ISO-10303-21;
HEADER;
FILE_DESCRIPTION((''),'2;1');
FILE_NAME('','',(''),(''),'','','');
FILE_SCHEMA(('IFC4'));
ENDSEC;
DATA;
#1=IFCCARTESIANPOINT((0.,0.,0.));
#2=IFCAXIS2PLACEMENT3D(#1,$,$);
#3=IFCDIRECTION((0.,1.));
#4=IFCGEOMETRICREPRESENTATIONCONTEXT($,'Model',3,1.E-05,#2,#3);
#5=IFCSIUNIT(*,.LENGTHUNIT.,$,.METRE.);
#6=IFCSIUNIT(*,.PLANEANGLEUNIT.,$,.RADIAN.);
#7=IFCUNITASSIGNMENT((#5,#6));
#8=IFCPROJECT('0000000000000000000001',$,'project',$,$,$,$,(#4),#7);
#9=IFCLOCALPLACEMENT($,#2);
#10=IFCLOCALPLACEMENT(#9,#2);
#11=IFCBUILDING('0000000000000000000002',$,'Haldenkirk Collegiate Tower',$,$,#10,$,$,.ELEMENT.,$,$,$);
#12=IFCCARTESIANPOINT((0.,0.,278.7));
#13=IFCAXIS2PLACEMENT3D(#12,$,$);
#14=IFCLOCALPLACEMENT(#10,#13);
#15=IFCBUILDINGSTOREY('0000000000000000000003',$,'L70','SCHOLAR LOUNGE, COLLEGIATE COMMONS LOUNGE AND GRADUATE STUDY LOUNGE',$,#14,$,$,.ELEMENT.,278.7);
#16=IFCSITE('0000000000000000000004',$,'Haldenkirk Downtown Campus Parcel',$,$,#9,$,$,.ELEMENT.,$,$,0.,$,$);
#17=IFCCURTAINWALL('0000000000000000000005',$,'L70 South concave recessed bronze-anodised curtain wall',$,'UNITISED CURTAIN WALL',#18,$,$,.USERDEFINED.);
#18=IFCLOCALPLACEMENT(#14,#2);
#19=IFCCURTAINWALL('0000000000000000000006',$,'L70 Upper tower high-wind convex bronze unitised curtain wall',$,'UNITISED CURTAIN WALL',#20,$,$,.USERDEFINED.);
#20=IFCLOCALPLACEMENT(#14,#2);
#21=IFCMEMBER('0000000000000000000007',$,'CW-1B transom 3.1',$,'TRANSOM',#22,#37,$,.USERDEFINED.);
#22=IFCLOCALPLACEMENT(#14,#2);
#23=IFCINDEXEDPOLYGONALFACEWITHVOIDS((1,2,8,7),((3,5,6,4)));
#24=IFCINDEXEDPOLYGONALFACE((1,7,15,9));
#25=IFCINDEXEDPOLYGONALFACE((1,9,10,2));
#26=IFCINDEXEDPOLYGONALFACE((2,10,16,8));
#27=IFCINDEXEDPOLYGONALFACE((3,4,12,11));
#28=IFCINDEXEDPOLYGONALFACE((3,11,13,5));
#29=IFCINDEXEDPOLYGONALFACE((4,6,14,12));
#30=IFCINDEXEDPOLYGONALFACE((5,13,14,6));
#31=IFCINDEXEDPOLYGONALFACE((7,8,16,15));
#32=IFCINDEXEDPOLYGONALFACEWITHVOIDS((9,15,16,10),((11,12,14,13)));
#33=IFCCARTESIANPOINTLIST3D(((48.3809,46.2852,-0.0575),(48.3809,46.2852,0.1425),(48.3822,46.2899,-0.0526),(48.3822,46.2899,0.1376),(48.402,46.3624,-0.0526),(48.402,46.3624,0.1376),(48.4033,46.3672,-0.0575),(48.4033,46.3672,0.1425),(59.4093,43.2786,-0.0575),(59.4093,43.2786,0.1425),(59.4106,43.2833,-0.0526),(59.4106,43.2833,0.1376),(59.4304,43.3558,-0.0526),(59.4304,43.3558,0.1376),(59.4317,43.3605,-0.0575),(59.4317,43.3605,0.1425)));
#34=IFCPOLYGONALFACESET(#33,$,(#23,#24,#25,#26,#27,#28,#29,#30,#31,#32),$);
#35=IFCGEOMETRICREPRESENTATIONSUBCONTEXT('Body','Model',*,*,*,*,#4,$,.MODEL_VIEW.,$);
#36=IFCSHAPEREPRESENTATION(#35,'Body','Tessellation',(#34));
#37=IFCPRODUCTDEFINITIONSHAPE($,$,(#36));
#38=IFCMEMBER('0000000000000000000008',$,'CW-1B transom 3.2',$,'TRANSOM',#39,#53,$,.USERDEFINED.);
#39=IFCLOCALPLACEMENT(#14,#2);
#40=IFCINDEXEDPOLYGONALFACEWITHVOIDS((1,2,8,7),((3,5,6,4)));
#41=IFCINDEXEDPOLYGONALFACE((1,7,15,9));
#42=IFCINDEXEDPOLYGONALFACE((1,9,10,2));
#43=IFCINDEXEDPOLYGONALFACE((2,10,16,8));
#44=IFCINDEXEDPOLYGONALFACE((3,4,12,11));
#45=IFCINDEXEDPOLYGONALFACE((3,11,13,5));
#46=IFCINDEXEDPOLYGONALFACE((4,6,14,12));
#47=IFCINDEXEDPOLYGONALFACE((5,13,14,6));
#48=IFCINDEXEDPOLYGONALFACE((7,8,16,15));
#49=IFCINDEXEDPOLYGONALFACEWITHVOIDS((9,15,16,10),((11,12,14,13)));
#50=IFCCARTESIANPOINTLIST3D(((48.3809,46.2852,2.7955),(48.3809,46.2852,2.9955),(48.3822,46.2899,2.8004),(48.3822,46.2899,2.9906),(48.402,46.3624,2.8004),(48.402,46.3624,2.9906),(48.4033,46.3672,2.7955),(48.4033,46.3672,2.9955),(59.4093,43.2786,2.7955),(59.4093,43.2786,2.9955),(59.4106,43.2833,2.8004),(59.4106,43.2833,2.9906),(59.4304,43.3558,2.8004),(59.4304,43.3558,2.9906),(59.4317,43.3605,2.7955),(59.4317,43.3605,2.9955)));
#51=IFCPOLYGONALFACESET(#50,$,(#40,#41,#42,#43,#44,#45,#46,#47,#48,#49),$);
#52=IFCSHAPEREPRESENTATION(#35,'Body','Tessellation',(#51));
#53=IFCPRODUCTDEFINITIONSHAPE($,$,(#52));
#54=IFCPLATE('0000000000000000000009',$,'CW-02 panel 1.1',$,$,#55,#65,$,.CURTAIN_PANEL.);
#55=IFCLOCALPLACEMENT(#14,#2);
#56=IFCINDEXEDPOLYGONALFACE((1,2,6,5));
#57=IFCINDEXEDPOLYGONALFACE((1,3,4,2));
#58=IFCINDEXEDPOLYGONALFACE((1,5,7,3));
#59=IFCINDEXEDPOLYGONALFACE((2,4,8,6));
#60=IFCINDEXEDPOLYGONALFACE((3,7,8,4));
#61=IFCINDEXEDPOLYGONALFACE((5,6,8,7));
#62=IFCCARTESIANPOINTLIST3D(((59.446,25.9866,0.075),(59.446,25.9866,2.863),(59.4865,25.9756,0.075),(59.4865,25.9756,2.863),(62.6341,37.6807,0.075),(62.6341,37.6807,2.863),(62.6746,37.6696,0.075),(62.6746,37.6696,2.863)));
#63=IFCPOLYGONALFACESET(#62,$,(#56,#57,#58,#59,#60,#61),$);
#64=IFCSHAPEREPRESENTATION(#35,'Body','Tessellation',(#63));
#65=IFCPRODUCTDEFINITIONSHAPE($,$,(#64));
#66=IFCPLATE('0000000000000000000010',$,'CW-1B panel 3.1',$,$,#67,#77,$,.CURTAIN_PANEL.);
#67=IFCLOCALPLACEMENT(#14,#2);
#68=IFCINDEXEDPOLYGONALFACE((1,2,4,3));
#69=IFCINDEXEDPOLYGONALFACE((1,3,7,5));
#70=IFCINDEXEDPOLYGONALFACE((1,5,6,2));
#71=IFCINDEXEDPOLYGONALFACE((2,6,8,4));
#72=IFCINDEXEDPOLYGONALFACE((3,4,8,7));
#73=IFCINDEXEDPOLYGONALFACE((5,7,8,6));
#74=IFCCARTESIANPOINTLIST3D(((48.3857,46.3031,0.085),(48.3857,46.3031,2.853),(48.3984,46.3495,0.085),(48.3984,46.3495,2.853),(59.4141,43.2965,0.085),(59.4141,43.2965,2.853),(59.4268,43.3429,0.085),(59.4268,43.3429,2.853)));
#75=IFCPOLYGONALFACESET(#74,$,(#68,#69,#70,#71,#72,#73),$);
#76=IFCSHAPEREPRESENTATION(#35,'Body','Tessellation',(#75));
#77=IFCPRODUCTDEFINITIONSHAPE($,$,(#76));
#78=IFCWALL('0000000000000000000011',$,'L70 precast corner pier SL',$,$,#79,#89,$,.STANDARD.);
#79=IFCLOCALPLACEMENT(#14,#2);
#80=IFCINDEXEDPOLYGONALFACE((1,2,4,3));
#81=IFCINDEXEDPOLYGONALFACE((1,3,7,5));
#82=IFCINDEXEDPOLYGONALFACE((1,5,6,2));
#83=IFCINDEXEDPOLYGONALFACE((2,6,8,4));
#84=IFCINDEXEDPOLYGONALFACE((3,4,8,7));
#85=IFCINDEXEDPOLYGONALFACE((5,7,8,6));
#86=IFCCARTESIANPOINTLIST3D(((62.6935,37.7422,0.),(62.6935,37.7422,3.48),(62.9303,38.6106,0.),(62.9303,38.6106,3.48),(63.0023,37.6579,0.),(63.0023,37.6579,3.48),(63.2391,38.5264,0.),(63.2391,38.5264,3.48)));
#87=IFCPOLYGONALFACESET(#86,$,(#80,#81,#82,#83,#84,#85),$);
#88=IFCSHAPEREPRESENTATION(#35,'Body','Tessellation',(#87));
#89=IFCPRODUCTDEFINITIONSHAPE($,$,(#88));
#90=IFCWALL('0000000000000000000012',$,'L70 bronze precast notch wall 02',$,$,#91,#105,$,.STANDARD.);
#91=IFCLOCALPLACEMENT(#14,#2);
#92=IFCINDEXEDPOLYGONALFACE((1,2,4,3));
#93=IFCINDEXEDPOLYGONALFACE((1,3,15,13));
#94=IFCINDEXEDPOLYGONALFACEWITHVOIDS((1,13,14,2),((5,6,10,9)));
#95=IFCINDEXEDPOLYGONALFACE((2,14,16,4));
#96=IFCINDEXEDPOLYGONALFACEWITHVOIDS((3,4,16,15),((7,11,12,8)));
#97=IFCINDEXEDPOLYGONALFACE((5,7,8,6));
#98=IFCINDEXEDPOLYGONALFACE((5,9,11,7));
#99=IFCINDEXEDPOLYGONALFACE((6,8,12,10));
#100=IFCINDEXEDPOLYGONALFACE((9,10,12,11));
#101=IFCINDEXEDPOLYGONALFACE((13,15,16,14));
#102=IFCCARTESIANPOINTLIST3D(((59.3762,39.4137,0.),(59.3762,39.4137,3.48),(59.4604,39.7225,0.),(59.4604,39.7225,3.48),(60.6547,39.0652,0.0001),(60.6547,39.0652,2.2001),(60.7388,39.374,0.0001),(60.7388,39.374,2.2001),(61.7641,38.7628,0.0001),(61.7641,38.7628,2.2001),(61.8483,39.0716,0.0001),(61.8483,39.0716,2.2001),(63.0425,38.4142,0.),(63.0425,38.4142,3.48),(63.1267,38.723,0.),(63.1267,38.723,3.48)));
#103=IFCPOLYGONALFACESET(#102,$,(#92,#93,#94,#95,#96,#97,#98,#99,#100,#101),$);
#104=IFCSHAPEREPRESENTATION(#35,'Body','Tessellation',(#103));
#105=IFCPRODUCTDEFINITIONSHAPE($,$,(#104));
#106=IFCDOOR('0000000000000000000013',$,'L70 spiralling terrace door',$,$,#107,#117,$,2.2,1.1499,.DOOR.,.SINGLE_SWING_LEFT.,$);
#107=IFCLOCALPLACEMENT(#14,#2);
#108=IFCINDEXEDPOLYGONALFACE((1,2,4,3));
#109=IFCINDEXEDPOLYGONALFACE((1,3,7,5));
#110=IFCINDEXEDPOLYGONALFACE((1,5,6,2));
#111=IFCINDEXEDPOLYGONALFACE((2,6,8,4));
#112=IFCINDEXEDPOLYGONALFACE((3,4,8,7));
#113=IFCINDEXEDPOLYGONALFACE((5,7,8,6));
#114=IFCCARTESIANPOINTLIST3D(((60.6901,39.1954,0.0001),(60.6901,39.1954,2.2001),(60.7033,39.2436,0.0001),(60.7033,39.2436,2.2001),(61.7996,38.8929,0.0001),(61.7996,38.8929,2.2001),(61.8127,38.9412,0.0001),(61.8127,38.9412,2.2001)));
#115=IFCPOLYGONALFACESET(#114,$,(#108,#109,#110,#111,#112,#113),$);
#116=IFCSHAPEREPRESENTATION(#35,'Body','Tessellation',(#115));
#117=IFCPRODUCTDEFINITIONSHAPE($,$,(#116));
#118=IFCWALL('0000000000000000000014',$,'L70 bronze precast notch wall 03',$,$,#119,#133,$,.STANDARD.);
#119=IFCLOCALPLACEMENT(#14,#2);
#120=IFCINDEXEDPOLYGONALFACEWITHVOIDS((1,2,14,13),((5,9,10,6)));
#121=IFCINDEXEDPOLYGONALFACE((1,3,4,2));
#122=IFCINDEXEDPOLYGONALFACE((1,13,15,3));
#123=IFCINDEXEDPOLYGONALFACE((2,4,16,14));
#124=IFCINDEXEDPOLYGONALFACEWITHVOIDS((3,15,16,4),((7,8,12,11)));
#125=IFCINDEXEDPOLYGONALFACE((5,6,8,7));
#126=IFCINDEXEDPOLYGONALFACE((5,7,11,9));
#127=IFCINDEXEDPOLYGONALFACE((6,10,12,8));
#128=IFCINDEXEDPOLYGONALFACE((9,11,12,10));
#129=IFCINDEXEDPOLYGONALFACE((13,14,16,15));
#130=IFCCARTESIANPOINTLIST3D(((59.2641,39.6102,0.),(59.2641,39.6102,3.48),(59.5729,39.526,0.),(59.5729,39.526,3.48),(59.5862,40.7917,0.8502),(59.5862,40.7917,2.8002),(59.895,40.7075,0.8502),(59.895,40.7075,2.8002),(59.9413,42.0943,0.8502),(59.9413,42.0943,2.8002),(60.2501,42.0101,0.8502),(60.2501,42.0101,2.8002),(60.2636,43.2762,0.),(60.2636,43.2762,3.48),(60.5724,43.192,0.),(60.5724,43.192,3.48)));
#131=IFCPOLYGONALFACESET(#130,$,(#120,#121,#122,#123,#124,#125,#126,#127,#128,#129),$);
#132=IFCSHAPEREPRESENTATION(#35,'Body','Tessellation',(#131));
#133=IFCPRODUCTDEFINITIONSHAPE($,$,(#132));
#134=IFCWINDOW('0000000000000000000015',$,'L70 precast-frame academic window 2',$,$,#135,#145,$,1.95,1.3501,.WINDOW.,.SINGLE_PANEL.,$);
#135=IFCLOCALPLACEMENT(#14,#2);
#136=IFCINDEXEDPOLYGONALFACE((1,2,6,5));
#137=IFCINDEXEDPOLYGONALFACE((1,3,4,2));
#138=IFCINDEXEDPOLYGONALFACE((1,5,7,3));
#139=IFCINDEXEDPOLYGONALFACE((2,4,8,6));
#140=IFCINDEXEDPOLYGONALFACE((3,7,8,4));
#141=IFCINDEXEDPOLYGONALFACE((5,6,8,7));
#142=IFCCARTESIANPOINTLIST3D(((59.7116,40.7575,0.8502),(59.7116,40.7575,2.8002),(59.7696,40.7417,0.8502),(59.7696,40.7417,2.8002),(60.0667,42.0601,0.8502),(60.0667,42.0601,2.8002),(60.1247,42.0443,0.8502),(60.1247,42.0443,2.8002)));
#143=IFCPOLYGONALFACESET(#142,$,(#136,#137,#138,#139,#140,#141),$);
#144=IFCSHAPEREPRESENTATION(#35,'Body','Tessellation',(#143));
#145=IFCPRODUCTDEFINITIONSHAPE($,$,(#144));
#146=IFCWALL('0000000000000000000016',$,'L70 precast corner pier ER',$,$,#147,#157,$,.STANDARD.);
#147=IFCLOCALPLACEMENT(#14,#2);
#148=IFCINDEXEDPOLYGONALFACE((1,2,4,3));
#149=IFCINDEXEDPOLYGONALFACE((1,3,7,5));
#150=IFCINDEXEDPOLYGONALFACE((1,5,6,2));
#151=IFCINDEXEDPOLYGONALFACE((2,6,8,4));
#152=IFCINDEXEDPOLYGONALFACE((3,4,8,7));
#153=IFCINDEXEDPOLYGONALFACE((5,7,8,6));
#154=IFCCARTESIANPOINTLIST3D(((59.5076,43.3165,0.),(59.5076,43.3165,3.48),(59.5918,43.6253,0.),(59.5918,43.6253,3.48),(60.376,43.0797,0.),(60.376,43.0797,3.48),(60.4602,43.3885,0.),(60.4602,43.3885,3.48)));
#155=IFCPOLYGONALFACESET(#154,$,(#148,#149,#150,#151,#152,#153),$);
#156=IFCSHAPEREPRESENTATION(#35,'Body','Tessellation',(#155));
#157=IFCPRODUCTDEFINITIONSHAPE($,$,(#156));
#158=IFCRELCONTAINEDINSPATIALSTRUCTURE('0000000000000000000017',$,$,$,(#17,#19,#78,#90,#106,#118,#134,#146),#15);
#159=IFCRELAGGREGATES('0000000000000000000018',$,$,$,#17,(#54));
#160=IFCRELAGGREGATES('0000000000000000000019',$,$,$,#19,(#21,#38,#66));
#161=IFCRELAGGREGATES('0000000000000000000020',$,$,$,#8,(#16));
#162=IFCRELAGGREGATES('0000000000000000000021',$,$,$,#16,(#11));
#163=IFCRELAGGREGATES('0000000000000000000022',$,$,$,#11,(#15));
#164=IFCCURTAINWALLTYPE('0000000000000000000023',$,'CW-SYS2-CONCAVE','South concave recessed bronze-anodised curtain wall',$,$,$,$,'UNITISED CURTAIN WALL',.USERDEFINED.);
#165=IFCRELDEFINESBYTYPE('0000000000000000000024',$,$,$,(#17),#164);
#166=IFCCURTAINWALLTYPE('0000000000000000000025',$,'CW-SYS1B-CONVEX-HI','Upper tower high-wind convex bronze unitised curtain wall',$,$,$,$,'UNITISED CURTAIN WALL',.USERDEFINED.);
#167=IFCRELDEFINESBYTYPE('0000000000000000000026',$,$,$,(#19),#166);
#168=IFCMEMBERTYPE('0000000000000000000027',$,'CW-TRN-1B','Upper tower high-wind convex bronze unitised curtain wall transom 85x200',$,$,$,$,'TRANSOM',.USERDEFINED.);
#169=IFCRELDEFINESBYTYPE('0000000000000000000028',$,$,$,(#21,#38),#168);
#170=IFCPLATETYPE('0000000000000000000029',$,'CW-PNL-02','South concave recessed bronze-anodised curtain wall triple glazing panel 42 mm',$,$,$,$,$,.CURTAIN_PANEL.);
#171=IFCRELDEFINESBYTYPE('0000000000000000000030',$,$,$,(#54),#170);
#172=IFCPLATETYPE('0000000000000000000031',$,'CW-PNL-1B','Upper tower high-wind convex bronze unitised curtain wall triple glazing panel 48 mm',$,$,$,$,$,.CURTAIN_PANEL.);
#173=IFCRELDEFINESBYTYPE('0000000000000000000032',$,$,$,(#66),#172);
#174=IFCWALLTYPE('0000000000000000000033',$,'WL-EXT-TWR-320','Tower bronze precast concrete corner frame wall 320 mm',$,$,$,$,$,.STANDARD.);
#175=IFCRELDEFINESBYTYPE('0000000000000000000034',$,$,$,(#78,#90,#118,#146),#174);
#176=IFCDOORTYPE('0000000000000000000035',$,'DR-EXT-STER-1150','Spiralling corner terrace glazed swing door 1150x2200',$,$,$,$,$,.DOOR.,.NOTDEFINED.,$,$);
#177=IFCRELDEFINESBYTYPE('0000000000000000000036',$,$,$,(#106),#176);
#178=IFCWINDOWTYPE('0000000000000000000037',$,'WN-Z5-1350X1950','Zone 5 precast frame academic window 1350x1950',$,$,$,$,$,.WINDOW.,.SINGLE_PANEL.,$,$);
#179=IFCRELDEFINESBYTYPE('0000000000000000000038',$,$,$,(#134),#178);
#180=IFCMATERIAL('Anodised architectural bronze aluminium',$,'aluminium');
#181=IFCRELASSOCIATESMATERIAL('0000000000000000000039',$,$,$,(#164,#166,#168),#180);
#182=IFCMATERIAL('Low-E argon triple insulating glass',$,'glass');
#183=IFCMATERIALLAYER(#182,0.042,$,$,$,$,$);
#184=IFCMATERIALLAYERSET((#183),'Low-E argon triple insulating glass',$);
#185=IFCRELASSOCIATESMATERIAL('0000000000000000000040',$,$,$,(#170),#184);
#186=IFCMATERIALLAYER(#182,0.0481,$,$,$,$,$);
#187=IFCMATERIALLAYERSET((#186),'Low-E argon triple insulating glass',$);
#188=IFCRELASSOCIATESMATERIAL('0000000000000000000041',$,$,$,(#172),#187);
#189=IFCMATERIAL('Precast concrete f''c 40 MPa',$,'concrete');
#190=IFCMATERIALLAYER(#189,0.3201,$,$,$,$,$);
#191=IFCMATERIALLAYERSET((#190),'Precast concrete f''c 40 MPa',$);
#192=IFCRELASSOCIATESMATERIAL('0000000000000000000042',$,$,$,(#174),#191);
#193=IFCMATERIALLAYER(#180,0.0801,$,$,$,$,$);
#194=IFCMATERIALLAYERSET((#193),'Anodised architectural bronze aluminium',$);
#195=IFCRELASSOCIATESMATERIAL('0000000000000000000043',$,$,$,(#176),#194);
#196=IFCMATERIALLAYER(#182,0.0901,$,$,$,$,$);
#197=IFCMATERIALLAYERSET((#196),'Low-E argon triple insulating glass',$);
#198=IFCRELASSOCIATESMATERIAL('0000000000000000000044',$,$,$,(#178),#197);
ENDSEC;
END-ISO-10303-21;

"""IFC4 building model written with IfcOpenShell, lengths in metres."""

from ifc_helpers import new_model, si_unit, direction, frame, frame_2d, origin, origin_2d, place, context, subcontext, project, spatial, rectangle, hollow_rectangle, extrude, source, transform, mapped, material, layer, layer_set, material_profile, profile_set, type_object, element, fill, aggregate, save


model = new_model("IFC4")

# Units and contexts
model_context = context("Model", 3, precision=1e-05, world=origin(), true_north=direction((0.0, 1.0)))
body_context = subcontext(model_context, "Body", "Model", "MODEL_VIEW")
ifc_project = project(units=[si_unit("LENGTHUNIT", "METRE"), si_unit("PLANEANGLEUNIT", "RADIAN")], contexts=[model_context])

# Site, building, storey
site_placement = place(None, origin())
site = spatial("IfcSite", under=ifc_project, at=site_placement, Name="Haldenkirk Downtown Campus Parcel", CompositionType="ELEMENT", RefElevation=0.0)
building_placement = place(site_placement, origin())
building = spatial("IfcBuilding", under=site, at=building_placement, Name="Haldenkirk Collegiate Tower", CompositionType="ELEMENT")
storey_placement = place(building_placement, frame((0.0, 0.0, 278.7)))
storey = spatial("IfcBuildingStorey", under=building, at=storey_placement, Name="L70", Description="SCHOLAR LOUNGE, COLLEGIATE COMMONS LOUNGE AND GRADUATE STUDY LOUNGE", CompositionType="ELEMENT", Elevation=278.7)

# Curtain walls
ifc_material_1 = material(Name="Anodised architectural bronze aluminium", Category="aluminium")
curtain_wall_type_1 = type_object("IfcCurtainWallType", Name="CW-SYS2-CONCAVE", Description="South concave recessed bronze-anodised curtain wall", ElementType="UNITISED CURTAIN WALL", PredefinedType="USERDEFINED", material=ifc_material_1)
curtain_wall_1_placement = place(storey_placement, origin())
curtain_wall_1 = element("IfcCurtainWall", 1, at=curtain_wall_1_placement, inside=storey, type_object=curtain_wall_type_1, Name="L70 South concave recessed bronze-anodised curtain wall", ObjectType="UNITISED CURTAIN WALL", PredefinedType="USERDEFINED")
curtain_wall_type_2 = type_object("IfcCurtainWallType", Name="CW-SYS1B-CONVEX-HI", Description="Upper tower high-wind convex bronze unitised curtain wall", ElementType="UNITISED CURTAIN WALL", PredefinedType="USERDEFINED", material=ifc_material_1)
curtain_wall_2_placement = place(storey_placement, origin())
curtain_wall_2 = element("IfcCurtainWall", 2, at=curtain_wall_2_placement, inside=storey, type_object=curtain_wall_type_2, Name="L70 Upper tower high-wind convex bronze unitised curtain wall", ObjectType="UNITISED CURTAIN WALL", PredefinedType="USERDEFINED")

# Members
ifc_material_profile_1 = material_profile(ifc_material_1, hollow_rectangle(XDim=0.085, YDim=0.2, WallThickness=0.0049, at=origin_2d()), Name="CW-TRN-1B")
ifc_profile_set_1 = profile_set([ifc_material_profile_1], Name="Anodised architectural bronze aluminium")
member_type_1 = type_object("IfcMemberType", Name="CW-TRN-1B", Description="Upper tower high-wind convex bronze unitised curtain wall transom 85x200", ElementType="TRANSOM", PredefinedType="USERDEFINED", material=ifc_profile_set_1)
member_1_placement = place(storey_placement, frame((48.3921, 46.3262, 0.0425), z_axis=(0.964789, -0.263025, 0.0), x_axis=(0.263025, 0.964789, 0.0)))
member_1 = element("IfcMember", 3, at=member_1_placement, type_object=member_type_1, Name="CW-1B transom 3.1", ObjectType="TRANSOM", PredefinedType="USERDEFINED", context=body_context, shape_type="SweptSolid", body=[
    extrude(hollow_rectangle(XDim=0.085, YDim=0.2, WallThickness=0.0049, at=origin_2d()), origin(), (0.0, 0.0, 1.0), 11.4309),
])
member_2_placement = place(storey_placement, frame((48.3921, 46.3262, 2.8955), z_axis=(0.964789, -0.263025, 0.0), x_axis=(0.263025, 0.964789, 0.0)))
member_2 = element("IfcMember", 4, at=member_2_placement, type_object=member_type_1, Name="CW-1B transom 3.2", ObjectType="TRANSOM", PredefinedType="USERDEFINED", context=body_context, shape_type="SweptSolid", body=[
    extrude(hollow_rectangle(XDim=0.085, YDim=0.2, WallThickness=0.0049, at=origin_2d()), origin(), (0.0, 0.0, 1.0), 11.4309),
])

# Plates
ifc_material_2 = material(Name="Low-E argon triple insulating glass", Category="glass")
ifc_layer_1 = layer(ifc_material_2, 0.042)
ifc_layer_set_1 = layer_set([ifc_layer_1], Name="Low-E argon triple insulating glass")
plate_type_1 = type_object("IfcPlateType", Name="CW-PNL-02", Description="South concave recessed bronze-anodised curtain wall triple glazing panel 42 mm", PredefinedType="CURTAIN_PANEL", material=ifc_layer_set_1)
shared_shape_1 = source(origin(), body_context, "Body", "SweptSolid", [
    extrude(rectangle(XDim=12.1208, YDim=0.042, at=origin_2d()), origin(), (0.0, 0.0, 1.0), 2.7881),
])
plate_1_placement = place(storey_placement, frame((61.0603, 31.8281, 0.075), z_axis=(0.0, 0.0, 1.0), x_axis=(-0.263033, -0.964787, 0.0)))
plate_1 = element("IfcPlate", 5, at=plate_1_placement, type_object=plate_type_1, Name="CW-02 panel 1.1", PredefinedType="CURTAIN_PANEL", context=body_context, shape_type="MappedRepresentation", body=[
    mapped(shared_shape_1, transform((0.0, 0.0, 0.0), x_axis=(1.0, 0.0, 0.0), y_axis=(0.0, 1.0, 0.0), z_axis=(0.0, 0.0, 1.0), scale=1.0)),
])
aggregate(curtain_wall_1, [plate_1])
ifc_layer_2 = layer(ifc_material_2, 0.0481)
ifc_layer_set_2 = layer_set([ifc_layer_2], Name="Low-E argon triple insulating glass")
plate_type_2 = type_object("IfcPlateType", Name="CW-PNL-1B", Description="Upper tower high-wind convex bronze unitised curtain wall triple glazing panel 48 mm", PredefinedType="CURTAIN_PANEL", material=ifc_layer_set_2)
shared_shape_2 = source(origin(), body_context, "Body", "SweptSolid", [
    extrude(rectangle(XDim=11.4309, YDim=0.0481, at=origin_2d()), origin(), (0.0, 0.0, 1.0), 2.7681),
])
plate_2_placement = place(storey_placement, frame((53.9062, 44.823, 0.085), z_axis=(0.0, 0.0, 1.0), x_axis=(0.964787, -0.263031, 0.0)))
plate_2 = element("IfcPlate", 6, at=plate_2_placement, type_object=plate_type_2, Name="CW-1B panel 3.1", PredefinedType="CURTAIN_PANEL", context=body_context, shape_type="MappedRepresentation", body=[
    mapped(shared_shape_2, transform((0.0, 0.0, 0.0), x_axis=(1.0, 0.0, 0.0), y_axis=(0.0, 1.0, 0.0), z_axis=(0.0, 0.0, 1.0), scale=1.0)),
])
aggregate(curtain_wall_2, [member_1, member_2, plate_2])

# Wall
ifc_material_3 = material(Name="Precast concrete f'c 40 MPa", Category="concrete")
ifc_layer_3 = layer(ifc_material_3, 0.3201)
ifc_layer_set_3 = layer_set([ifc_layer_3], Name="Precast concrete f'c 40 MPa")
wall_type_1 = type_object("IfcWallType", Name="WL-EXT-TWR-320", Description="Tower bronze precast concrete corner frame wall 320 mm", PredefinedType="STANDARD", material=ifc_layer_set_3)
wall_1_placement = place(storey_placement, frame((63.0847, 38.5686, 0.0), z_axis=(0.0, 0.0, 1.0), x_axis=(-0.263094, -0.96477, 0.0)))
element("IfcWall", 7, at=wall_1_placement, inside=storey, type_object=wall_type_1, Name="L70 precast corner pier SL", PredefinedType="STANDARD", context=body_context, shape_type="SweptSolid", body=[
    extrude(rectangle(XDim=0.9001, YDim=0.3201, at=frame_2d((0.4502, 0.0))), origin(), (0.0, 0.0, 1.0), 3.48),
])

# Wall, opening, door
wall_2_placement = place(storey_placement, frame((59.4185, 39.5681, 0.0), z_axis=(0.0, 0.0, 1.0), x_axis=(0.964789, -0.263025, 0.0)))
wall_2 = element("IfcWall", 8, at=wall_2_placement, inside=storey, type_object=wall_type_1, Name="L70 bronze precast notch wall 02", PredefinedType="STANDARD", context=body_context, shape_type="SweptSolid", body=[
    extrude(rectangle(XDim=3.8, YDim=0.3201, at=frame_2d((1.8999, 0.0))), origin(), (0.0, 0.0, 1.0), 3.48),
])
opening_1_placement = place(wall_2_placement, frame((1.325, 0.0, 0.0)))
opening_1 = element("IfcOpeningElement", 9, at=opening_1_placement, cuts=wall_2, PredefinedType="OPENING", context=body_context, shape_type="SweptSolid", body=[
    extrude(rectangle(XDim=1.1499, YDim=2.2, at=frame_2d((0.575, 1.1001))), frame((0.0, 0.1699, 0.0), z_axis=(0.0, -1.0, 0.0), x_axis=(1.0, 0.0, 0.0)), (0.0, 0.0, 1.0), 0.3401),
])
ifc_layer_4 = layer(ifc_material_1, 0.0801)
ifc_layer_set_4 = layer_set([ifc_layer_4], Name="Anodised architectural bronze aluminium")
door_type_1 = type_object("IfcDoorType", Name="DR-EXT-STER-1150", Description="Spiralling corner terrace glazed swing door 1150x2200", OperationType="NOTDEFINED", PredefinedType="DOOR", material=ifc_layer_set_4)
door_1_placement = place(opening_1_placement, origin())
door_1 = element("IfcDoor", 10, at=door_1_placement, inside=storey, type_object=door_type_1, Name="L70 spiralling terrace door", OperationType="SINGLE_SWING_LEFT", OverallHeight=2.2, OverallWidth=1.1499, PredefinedType="DOOR", context=body_context, shape_type="SweptSolid", body=[
    extrude(rectangle(XDim=1.1499, YDim=2.2, at=frame_2d((0.575, 1.1001))), frame((0.0, 0.0249, 0.0), z_axis=(0.0, -1.0, 0.0), x_axis=(1.0, 0.0, 0.0)), (0.0, 0.0, 1.0), 0.05),
])
fill(opening_1, door_1)

# Wall, opening, window
wall_3_placement = place(storey_placement, frame((60.418, 43.2341, 0.0), z_axis=(0.0, 0.0, 1.0), x_axis=(-0.263041, -0.964785, 0.0)))
wall_3 = element("IfcWall", 11, at=wall_3_placement, inside=storey, type_object=wall_type_1, Name="L70 bronze precast notch wall 03", PredefinedType="STANDARD", context=body_context, shape_type="SweptSolid", body=[
    extrude(rectangle(XDim=3.7998, YDim=0.3201, at=frame_2d((1.8999, 0.0))), origin(), (0.0, 0.0, 1.0), 3.48),
])
opening_2_placement = place(wall_3_placement, frame((1.2251, 0.0, 0.8501)))
opening_2 = element("IfcOpeningElement", 12, at=opening_2_placement, cuts=wall_3, PredefinedType="OPENING", context=body_context, shape_type="SweptSolid", body=[
    extrude(rectangle(XDim=1.3501, YDim=1.95, at=frame_2d((0.675, 0.9751))), frame((0.0, 0.1699, 0.0), z_axis=(0.0, -1.0, 0.0), x_axis=(1.0, 0.0, 0.0)), (0.0, 0.0, 1.0), 0.3401),
])
ifc_layer_5 = layer(ifc_material_2, 0.0901)
ifc_layer_set_5 = layer_set([ifc_layer_5], Name="Low-E argon triple insulating glass")
window_type = type_object("IfcWindowType", Name="WN-Z5-1350X1950", Description="Zone 5 precast frame academic window 1350x1950", PartitioningType="SINGLE_PANEL", PredefinedType="WINDOW", material=ifc_layer_set_5)
window_placement = place(opening_2_placement, origin())
window = element("IfcWindow", 13, at=window_placement, inside=storey, type_object=window_type, Name="L70 precast-frame academic window 2", OverallHeight=1.95, OverallWidth=1.3501, PartitioningType="SINGLE_PANEL", PredefinedType="WINDOW", context=body_context, shape_type="SweptSolid", body=[
    extrude(rectangle(XDim=1.3501, YDim=1.95, at=frame_2d((0.675, 0.9751))), frame((0.0, 0.03, 0.0), z_axis=(0.0, -1.0, 0.0), x_axis=(1.0, 0.0, 0.0)), (0.0, 0.0, 1.0), 0.0601),
])
fill(opening_2, window)

# Wall
wall_4_placement = place(storey_placement, frame((59.5496, 43.4709, 0.0), z_axis=(0.0, 0.0, 1.0), x_axis=(0.96477, -0.263094, 0.0)))
element("IfcWall", 14, at=wall_4_placement, inside=storey, type_object=wall_type_1, Name="L70 precast corner pier ER", PredefinedType="STANDARD", context=body_context, shape_type="SweptSolid", body=[
    extrude(rectangle(XDim=0.9001, YDim=0.3201, at=frame_2d((0.4502, 0.0))), origin(), (0.0, 0.0, 1.0), 3.48),
])

save(model, "model.ifc")
